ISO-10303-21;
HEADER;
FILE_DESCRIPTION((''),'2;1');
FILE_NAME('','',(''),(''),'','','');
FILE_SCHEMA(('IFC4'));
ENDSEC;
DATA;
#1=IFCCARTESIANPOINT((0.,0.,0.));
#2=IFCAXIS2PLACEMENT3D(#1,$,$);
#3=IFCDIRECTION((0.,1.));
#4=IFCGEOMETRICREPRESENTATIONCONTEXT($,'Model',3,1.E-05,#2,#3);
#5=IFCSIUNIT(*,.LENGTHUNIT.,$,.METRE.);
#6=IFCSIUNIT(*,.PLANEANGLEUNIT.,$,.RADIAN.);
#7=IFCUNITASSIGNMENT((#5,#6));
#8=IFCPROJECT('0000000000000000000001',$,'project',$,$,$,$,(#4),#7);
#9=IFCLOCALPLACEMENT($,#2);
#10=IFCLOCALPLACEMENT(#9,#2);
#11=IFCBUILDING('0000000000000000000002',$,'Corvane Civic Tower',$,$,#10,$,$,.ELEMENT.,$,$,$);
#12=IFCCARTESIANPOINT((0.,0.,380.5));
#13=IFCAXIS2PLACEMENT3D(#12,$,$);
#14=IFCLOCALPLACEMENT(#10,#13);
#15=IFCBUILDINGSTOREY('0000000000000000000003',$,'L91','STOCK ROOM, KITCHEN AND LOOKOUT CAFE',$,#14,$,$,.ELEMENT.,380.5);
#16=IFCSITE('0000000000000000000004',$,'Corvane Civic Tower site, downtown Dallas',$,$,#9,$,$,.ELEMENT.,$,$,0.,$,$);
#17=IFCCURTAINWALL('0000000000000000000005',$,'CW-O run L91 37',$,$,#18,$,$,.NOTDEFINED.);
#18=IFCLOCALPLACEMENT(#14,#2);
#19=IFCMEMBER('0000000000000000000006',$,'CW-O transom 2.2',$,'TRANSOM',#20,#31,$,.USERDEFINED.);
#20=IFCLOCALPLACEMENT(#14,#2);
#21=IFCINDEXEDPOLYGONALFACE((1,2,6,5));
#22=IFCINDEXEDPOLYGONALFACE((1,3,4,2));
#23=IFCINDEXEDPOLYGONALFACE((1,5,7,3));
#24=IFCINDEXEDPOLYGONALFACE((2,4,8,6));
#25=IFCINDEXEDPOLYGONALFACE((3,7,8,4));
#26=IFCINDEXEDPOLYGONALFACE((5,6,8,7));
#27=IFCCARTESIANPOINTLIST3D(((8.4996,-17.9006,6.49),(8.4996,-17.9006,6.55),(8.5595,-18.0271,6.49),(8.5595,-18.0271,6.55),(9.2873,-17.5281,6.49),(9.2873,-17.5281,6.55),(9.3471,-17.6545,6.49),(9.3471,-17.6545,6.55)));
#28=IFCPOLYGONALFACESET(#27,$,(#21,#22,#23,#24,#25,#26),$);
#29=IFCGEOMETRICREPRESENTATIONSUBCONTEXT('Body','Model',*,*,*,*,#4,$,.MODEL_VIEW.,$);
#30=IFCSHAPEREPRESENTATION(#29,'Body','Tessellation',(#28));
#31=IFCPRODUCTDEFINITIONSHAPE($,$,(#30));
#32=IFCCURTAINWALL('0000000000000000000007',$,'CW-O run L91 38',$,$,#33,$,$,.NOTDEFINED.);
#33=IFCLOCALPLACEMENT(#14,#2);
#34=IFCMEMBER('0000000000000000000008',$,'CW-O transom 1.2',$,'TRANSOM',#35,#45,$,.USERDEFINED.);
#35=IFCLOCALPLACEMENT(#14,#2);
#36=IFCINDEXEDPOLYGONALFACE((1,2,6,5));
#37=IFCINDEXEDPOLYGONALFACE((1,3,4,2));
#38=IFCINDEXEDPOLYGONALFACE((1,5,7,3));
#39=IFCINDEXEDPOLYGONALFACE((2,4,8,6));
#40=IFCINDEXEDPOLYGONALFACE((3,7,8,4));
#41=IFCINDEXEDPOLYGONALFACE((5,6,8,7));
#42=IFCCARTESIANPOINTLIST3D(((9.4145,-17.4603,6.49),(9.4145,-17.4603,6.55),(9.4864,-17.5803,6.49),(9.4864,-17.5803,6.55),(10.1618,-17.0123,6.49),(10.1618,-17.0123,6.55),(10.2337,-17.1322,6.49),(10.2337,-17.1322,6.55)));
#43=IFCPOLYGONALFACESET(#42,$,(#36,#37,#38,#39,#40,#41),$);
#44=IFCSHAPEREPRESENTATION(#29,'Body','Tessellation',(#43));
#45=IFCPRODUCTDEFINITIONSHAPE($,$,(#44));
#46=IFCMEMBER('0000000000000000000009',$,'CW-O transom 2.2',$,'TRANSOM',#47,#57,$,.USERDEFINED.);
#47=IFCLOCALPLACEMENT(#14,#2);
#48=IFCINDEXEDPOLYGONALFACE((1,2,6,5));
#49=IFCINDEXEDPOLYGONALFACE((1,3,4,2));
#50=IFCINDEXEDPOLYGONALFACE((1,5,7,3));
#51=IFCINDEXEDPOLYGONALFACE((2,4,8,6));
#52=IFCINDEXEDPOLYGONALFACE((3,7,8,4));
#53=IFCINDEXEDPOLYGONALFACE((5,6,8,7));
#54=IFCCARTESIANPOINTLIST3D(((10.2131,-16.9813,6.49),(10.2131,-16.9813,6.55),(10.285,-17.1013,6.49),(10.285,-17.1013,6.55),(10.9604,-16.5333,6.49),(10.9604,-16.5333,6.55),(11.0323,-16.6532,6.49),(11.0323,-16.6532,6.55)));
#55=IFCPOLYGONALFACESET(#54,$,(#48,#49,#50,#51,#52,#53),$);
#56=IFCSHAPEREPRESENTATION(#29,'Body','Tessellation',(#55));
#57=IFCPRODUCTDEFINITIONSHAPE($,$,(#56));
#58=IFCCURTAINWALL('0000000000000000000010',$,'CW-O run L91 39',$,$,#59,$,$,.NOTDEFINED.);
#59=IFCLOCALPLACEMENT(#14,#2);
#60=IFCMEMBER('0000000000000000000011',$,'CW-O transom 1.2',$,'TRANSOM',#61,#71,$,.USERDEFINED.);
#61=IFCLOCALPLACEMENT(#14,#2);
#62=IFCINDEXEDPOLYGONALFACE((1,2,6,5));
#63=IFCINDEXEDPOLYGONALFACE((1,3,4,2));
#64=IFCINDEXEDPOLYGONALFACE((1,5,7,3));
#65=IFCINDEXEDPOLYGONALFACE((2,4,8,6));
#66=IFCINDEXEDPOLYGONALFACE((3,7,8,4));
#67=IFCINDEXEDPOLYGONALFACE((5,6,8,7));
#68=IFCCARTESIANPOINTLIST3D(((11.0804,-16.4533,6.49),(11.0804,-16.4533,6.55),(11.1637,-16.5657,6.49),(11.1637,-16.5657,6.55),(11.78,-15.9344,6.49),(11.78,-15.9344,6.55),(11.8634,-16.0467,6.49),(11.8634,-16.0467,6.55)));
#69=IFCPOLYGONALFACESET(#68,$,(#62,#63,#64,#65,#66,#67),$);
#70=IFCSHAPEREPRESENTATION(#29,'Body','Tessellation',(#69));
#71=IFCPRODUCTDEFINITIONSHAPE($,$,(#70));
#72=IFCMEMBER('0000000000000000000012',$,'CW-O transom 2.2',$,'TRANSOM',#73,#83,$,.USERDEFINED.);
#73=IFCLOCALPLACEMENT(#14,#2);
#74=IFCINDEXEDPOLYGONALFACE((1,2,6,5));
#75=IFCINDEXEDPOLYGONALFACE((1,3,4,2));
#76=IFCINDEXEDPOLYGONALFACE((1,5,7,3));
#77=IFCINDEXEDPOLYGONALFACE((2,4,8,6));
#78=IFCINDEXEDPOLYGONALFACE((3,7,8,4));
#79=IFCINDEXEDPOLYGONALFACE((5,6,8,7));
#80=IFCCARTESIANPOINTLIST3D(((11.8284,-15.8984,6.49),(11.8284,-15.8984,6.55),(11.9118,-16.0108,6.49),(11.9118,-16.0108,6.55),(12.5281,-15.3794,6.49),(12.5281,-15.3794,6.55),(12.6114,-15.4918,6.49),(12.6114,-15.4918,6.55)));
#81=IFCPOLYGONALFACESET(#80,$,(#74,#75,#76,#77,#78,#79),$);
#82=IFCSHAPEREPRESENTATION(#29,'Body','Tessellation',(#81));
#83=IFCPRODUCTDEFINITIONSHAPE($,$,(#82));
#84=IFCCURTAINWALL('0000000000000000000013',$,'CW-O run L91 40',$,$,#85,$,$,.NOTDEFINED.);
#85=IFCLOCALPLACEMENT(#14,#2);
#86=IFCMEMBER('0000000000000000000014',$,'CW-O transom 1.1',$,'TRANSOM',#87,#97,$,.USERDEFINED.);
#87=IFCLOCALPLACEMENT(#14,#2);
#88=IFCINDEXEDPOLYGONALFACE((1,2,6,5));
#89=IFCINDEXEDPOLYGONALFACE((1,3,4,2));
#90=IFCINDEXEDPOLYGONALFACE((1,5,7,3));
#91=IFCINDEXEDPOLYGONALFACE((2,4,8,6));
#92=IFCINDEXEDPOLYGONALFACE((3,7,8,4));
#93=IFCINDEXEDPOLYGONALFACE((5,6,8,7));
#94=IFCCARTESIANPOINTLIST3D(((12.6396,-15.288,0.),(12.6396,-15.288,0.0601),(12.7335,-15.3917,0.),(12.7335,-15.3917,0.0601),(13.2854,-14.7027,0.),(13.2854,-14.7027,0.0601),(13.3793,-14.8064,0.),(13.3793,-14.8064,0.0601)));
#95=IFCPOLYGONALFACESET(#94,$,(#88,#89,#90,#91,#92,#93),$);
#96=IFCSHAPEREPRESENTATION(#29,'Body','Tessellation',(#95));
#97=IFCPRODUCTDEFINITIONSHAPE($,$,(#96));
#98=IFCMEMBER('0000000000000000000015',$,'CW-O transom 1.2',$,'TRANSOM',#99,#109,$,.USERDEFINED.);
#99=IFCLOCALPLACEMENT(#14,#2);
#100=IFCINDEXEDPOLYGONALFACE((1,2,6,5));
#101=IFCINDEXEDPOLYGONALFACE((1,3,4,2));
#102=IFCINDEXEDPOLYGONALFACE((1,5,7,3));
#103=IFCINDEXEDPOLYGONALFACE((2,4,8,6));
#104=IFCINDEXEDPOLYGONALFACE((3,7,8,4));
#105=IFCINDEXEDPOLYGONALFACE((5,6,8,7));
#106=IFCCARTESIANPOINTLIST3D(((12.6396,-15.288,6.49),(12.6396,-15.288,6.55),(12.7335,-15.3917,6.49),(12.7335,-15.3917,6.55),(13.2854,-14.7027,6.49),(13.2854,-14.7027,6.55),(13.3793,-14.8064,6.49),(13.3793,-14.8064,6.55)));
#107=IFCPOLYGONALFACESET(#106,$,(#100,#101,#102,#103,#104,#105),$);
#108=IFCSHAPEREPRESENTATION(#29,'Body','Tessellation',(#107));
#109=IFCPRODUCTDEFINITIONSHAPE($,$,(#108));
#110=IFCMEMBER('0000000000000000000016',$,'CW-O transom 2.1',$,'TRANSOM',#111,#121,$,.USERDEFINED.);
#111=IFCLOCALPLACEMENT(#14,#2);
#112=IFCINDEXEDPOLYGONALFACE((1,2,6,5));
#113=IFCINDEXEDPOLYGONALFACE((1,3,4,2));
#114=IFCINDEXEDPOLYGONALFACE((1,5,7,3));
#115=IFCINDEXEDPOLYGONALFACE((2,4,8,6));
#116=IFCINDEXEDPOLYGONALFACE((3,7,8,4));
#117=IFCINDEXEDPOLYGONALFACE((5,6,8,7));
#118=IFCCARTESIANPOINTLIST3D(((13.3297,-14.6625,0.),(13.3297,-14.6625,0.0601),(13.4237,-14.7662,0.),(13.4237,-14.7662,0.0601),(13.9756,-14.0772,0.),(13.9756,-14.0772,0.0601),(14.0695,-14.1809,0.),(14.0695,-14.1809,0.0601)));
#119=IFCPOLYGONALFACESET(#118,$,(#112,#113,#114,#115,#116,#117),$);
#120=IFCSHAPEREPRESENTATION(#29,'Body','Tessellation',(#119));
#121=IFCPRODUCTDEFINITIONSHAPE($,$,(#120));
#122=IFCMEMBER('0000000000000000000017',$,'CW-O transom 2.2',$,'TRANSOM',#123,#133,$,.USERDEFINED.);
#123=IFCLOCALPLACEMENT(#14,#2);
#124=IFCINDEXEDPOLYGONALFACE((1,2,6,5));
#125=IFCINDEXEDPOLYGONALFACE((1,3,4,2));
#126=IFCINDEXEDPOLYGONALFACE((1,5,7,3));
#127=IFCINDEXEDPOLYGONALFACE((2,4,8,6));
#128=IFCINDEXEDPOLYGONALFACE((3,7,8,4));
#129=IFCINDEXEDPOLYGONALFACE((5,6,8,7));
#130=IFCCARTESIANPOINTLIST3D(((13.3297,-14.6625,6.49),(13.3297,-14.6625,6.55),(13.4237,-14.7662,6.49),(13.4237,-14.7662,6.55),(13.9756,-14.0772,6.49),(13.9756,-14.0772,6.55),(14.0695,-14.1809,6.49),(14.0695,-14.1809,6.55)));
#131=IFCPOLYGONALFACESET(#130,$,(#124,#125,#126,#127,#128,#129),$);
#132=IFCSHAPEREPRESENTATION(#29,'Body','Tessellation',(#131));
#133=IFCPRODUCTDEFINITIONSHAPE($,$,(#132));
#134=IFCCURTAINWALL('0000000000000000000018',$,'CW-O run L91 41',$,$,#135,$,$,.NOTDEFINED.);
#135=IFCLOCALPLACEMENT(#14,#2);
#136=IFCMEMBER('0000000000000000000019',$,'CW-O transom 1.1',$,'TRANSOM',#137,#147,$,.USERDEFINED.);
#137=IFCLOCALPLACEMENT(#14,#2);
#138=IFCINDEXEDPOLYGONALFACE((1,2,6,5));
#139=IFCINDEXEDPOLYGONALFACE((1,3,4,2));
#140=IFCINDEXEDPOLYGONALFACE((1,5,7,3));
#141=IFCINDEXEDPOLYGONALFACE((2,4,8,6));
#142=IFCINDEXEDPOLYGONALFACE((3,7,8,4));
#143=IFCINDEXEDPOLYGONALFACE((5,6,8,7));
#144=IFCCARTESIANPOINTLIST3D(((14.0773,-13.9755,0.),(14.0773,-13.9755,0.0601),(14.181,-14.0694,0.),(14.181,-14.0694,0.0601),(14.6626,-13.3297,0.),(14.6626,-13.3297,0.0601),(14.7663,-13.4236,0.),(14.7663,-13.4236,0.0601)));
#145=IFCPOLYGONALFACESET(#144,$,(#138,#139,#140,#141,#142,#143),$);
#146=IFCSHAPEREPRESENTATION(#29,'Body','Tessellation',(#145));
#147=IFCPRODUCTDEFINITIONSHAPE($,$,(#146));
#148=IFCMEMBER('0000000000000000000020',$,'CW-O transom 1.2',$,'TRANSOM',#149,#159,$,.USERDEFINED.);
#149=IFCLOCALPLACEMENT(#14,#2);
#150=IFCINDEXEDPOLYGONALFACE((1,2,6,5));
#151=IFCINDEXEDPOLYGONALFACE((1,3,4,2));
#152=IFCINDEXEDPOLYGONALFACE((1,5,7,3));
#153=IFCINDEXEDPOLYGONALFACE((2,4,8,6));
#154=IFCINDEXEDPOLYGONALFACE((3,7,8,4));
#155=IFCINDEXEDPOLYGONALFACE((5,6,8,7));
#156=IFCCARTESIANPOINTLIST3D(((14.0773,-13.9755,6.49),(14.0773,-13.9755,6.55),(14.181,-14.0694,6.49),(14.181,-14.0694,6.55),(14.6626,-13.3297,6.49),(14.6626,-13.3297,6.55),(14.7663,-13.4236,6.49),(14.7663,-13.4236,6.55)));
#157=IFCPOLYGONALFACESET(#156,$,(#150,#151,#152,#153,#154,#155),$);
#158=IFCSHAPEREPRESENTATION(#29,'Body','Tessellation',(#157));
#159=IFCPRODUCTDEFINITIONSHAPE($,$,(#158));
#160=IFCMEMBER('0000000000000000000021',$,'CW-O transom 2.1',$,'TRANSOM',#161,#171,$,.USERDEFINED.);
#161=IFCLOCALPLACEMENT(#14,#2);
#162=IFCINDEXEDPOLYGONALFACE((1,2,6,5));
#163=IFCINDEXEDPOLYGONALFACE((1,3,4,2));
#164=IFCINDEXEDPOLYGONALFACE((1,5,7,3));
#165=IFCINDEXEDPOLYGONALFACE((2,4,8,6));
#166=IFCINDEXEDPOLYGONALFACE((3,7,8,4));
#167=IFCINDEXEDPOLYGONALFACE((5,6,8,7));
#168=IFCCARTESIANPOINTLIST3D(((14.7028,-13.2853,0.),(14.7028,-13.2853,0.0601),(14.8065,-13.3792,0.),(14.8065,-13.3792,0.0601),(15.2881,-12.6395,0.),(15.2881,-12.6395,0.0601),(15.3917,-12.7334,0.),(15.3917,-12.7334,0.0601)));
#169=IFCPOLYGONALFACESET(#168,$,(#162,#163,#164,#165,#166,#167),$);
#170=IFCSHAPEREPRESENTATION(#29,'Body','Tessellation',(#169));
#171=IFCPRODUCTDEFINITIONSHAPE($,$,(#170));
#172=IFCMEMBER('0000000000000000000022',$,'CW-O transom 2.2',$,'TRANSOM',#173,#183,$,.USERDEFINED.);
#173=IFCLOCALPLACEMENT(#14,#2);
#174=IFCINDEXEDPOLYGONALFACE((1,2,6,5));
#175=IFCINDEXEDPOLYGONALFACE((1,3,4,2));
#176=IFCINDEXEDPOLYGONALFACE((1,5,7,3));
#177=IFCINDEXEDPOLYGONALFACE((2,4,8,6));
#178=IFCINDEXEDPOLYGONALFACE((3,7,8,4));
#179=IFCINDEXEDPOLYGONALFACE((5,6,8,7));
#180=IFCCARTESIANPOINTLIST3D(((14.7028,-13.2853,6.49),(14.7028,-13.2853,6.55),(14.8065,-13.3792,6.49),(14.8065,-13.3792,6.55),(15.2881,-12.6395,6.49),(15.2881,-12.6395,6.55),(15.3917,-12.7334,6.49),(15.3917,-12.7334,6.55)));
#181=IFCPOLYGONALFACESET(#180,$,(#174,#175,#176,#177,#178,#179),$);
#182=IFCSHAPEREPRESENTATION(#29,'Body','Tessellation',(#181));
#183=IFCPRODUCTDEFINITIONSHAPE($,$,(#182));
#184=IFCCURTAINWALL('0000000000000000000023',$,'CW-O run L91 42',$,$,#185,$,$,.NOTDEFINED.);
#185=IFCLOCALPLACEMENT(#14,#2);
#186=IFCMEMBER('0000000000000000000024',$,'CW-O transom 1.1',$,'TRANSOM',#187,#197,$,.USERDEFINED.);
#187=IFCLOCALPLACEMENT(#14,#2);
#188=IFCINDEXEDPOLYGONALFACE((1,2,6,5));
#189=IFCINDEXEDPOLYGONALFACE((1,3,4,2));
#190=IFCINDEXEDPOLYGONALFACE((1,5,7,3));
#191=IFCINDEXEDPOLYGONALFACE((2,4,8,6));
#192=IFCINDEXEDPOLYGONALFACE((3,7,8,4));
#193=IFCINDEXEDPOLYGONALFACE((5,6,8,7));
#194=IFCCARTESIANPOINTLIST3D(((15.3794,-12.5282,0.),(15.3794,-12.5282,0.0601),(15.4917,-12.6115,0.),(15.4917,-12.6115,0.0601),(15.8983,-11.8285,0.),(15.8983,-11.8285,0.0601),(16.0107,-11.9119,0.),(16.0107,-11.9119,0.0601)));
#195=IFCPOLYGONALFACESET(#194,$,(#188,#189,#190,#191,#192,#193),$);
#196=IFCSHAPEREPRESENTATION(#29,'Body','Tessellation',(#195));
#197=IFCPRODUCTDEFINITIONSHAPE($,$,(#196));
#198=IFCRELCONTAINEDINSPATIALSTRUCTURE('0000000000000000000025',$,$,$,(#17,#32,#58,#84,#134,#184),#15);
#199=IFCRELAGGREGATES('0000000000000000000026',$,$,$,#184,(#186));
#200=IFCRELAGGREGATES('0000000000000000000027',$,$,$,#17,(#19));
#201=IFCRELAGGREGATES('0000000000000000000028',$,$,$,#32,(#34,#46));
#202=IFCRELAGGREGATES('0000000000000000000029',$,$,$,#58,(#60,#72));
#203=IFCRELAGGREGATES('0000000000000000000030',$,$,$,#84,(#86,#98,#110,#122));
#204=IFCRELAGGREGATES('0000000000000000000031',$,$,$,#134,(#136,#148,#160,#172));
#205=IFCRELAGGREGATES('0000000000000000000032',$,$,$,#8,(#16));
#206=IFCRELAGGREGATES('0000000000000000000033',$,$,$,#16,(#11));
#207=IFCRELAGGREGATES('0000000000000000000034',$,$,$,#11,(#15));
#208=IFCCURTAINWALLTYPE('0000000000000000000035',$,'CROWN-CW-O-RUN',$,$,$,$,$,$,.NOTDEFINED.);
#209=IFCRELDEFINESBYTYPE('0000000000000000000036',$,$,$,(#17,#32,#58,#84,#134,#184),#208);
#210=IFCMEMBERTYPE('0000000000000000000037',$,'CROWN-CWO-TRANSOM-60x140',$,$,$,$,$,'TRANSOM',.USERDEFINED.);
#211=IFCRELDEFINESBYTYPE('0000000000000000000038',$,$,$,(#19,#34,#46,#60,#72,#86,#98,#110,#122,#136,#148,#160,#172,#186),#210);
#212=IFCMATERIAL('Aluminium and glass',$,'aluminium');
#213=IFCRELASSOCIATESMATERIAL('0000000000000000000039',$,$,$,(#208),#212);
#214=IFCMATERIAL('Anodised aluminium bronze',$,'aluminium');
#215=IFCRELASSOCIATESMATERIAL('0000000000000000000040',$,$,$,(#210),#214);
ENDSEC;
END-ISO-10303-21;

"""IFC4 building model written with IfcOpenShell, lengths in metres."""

from ifc_helpers import new_model, si_unit, direction, frame, origin, origin_2d, place, context, subcontext, project, spatial, rectangle, extrude, material, material_profile, profile_set, type_object, element, aggregate, save


model = new_model("IFC4")

# Units and contexts
model_context = context("Model", 3, precision=1e-05, world=origin(), true_north=direction((0.0, 1.0)))
body_context = subcontext(model_context, "Body", "Model", "MODEL_VIEW")
ifc_project = project(units=[si_unit("LENGTHUNIT", "METRE"), si_unit("PLANEANGLEUNIT", "RADIAN")], contexts=[model_context])

# Site, building, storey
site_placement = place(None, origin())
site = spatial("IfcSite", under=ifc_project, at=site_placement, Name="Corvane Civic Tower site, downtown Dallas", CompositionType="ELEMENT", RefElevation=0.0)
building_placement = place(site_placement, origin())
building = spatial("IfcBuilding", under=site, at=building_placement, Name="Corvane Civic Tower", CompositionType="ELEMENT")
storey_placement = place(building_placement, frame((0.0, 0.0, 380.5)))
storey = spatial("IfcBuildingStorey", under=building, at=storey_placement, Name="L91", Description="STOCK ROOM, KITCHEN AND LOOKOUT CAFE", CompositionType="ELEMENT", Elevation=380.5)

# Curtain wall, member
ifc_material_1 = material(Name="Aluminium and glass", Category="aluminium")
curtain_wall_type = type_object("IfcCurtainWallType", Name="CROWN-CW-O-RUN", PredefinedType="NOTDEFINED", material=ifc_material_1)
curtain_wall_1_placement = place(storey_placement, origin())
curtain_wall_1 = element("IfcCurtainWall", 1, at=curtain_wall_1_placement, inside=storey, type_object=curtain_wall_type, Name="CW-O run L91 37", PredefinedType="NOTDEFINED")
ifc_material_2 = material(Name="Anodised aluminium bronze", Category="aluminium")
ifc_material_profile = material_profile(ifc_material_2, rectangle(XDim=0.1399, YDim=0.0601, at=origin_2d()), Name="AL 140x60")
ifc_profile_set = profile_set([ifc_material_profile], Name="Anodised aluminium bronze")
member_type = type_object("IfcMemberType", Name="CROWN-CWO-TRANSOM-60x140", ElementType="TRANSOM", PredefinedType="USERDEFINED", material=ifc_profile_set)
member_1_placement = place(storey_placement, frame((8.5295, -17.9639, 6.52), z_axis=(0.903966, 0.427604, 0.0), x_axis=(-0.427604, 0.903966, 0.0)))
member_1 = element("IfcMember", 2, at=member_1_placement, type_object=member_type, Name="CW-O transom 2.2", ObjectType="TRANSOM", PredefinedType="USERDEFINED", context=body_context, shape_type="SweptSolid", body=[
    extrude(rectangle(XDim=0.1399, YDim=0.0601, at=origin_2d()), origin(), (0.0, 0.0, 1.0), 0.8713),
])

# Curtain walls, members
curtain_wall_2_placement = place(storey_placement, origin())
curtain_wall_2 = element("IfcCurtainWall", 3, at=curtain_wall_2_placement, inside=storey, type_object=curtain_wall_type, Name="CW-O run L91 38", PredefinedType="NOTDEFINED")
member_2_placement = place(storey_placement, frame((9.4504, -17.5203, 6.52), z_axis=(0.857691, 0.514166, 0.0), x_axis=(-0.514166, 0.857691, 0.0)))
member_2 = element("IfcMember", 4, at=member_2_placement, type_object=member_type, Name="CW-O transom 1.2", ObjectType="TRANSOM", PredefinedType="USERDEFINED", context=body_context, shape_type="SweptSolid", body=[
    extrude(rectangle(XDim=0.1399, YDim=0.0601, at=origin_2d()), origin(), (0.0, 0.0, 1.0), 0.8713),
])
member_3_placement = place(storey_placement, frame((10.249, -17.0413, 6.52), z_axis=(0.857691, 0.514166, 0.0), x_axis=(-0.514166, 0.857691, 0.0)))
member_3 = element("IfcMember", 5, at=member_3_placement, type_object=member_type, Name="CW-O transom 2.2", ObjectType="TRANSOM", PredefinedType="USERDEFINED", context=body_context, shape_type="SweptSolid", body=[
    extrude(rectangle(XDim=0.1399, YDim=0.0601, at=origin_2d()), origin(), (0.0, 0.0, 1.0), 0.8713),
])
curtain_wall_3_placement = place(storey_placement, origin())
curtain_wall_3 = element("IfcCurtainWall", 6, at=curtain_wall_3_placement, inside=storey, type_object=curtain_wall_type, Name="CW-O run L91 39", PredefinedType="NOTDEFINED")
member_4_placement = place(storey_placement, frame((11.1221, -16.5095, 6.52), z_axis=(0.80315, 0.595777, 0.0), x_axis=(-0.595777, 0.80315, 0.0)))
member_4 = element("IfcMember", 7, at=member_4_placement, type_object=member_type, Name="CW-O transom 1.2", ObjectType="TRANSOM", PredefinedType="USERDEFINED", context=body_context, shape_type="SweptSolid", body=[
    extrude(rectangle(XDim=0.1399, YDim=0.0601, at=origin_2d()), origin(), (0.0, 0.0, 1.0), 0.8711),
])
member_5_placement = place(storey_placement, frame((11.8701, -15.9546, 6.52), z_axis=(0.80315, 0.595777, 0.0), x_axis=(-0.595777, 0.80315, 0.0)))
member_5 = element("IfcMember", 8, at=member_5_placement, type_object=member_type, Name="CW-O transom 2.2", ObjectType="TRANSOM", PredefinedType="USERDEFINED", context=body_context, shape_type="SweptSolid", body=[
    extrude(rectangle(XDim=0.1399, YDim=0.0601, at=origin_2d()), origin(), (0.0, 0.0, 1.0), 0.8711),
])
curtain_wall_4_placement = place(storey_placement, origin())
curtain_wall_4 = element("IfcCurtainWall", 9, at=curtain_wall_4_placement, inside=storey, type_object=curtain_wall_type, Name="CW-O run L91 40", PredefinedType="NOTDEFINED")
member_6_placement = place(storey_placement, frame((12.6865, -15.3398, 0.03), z_axis=(0.740991, 0.671515, 0.0), x_axis=(-0.671515, 0.740991, 0.0)))
member_6 = element("IfcMember", 10, at=member_6_placement, type_object=member_type, Name="CW-O transom 1.1", ObjectType="TRANSOM", PredefinedType="USERDEFINED", context=body_context, shape_type="SweptSolid", body=[
    extrude(rectangle(XDim=0.1399, YDim=0.0601, at=origin_2d()), origin(), (0.0, 0.0, 1.0), 0.8716),
])
member_7_placement = place(storey_placement, frame((12.6865, -15.3398, 6.52), z_axis=(0.740991, 0.671515, 0.0), x_axis=(-0.671515, 0.740991, 0.0)))
member_7 = element("IfcMember", 11, at=member_7_placement, type_object=member_type, Name="CW-O transom 1.2", ObjectType="TRANSOM", PredefinedType="USERDEFINED", context=body_context, shape_type="SweptSolid", body=[
    extrude(rectangle(XDim=0.1399, YDim=0.0601, at=origin_2d()), origin(), (0.0, 0.0, 1.0), 0.8716),
])
member_8_placement = place(storey_placement, frame((13.3767, -14.7144, 0.03), z_axis=(0.740991, 0.671515, 0.0), x_axis=(-0.671515, 0.740991, 0.0)))
member_8 = element("IfcMember", 12, at=member_8_placement, type_object=member_type, Name="CW-O transom 2.1", ObjectType="TRANSOM", PredefinedType="USERDEFINED", context=body_context, shape_type="SweptSolid", body=[
    extrude(rectangle(XDim=0.1399, YDim=0.0601, at=origin_2d()), origin(), (0.0, 0.0, 1.0), 0.8716),
])
member_9_placement = place(storey_placement, frame((13.3767, -14.7144, 6.52), z_axis=(0.740991, 0.671515, 0.0), x_axis=(-0.671515, 0.740991, 0.0)))
member_9 = element("IfcMember", 13, at=member_9_placement, type_object=member_type, Name="CW-O transom 2.2", ObjectType="TRANSOM", PredefinedType="USERDEFINED", context=body_context, shape_type="SweptSolid", body=[
    extrude(rectangle(XDim=0.1399, YDim=0.0601, at=origin_2d()), origin(), (0.0, 0.0, 1.0), 0.8716),
])
curtain_wall_5_placement = place(storey_placement, origin())
curtain_wall_5 = element("IfcCurtainWall", 14, at=curtain_wall_5_placement, inside=storey, type_object=curtain_wall_type, Name="CW-O run L91 41", PredefinedType="NOTDEFINED")
member_10_placement = place(storey_placement, frame((14.1292, -14.0225, 0.03), z_axis=(0.671515, 0.740991, 0.0), x_axis=(-0.740991, 0.671515, 0.0)))
member_10 = element("IfcMember", 15, at=member_10_placement, type_object=member_type, Name="CW-O transom 1.1", ObjectType="TRANSOM", PredefinedType="USERDEFINED", context=body_context, shape_type="SweptSolid", body=[
    extrude(rectangle(XDim=0.1399, YDim=0.0601, at=origin_2d()), origin(), (0.0, 0.0, 1.0), 0.8716),
])
member_11_placement = place(storey_placement, frame((14.1292, -14.0225, 6.52), z_axis=(0.671515, 0.740991, 0.0), x_axis=(-0.740991, 0.671515, 0.0)))
member_11 = element("IfcMember", 16, at=member_11_placement, type_object=member_type, Name="CW-O transom 1.2", ObjectType="TRANSOM", PredefinedType="USERDEFINED", context=body_context, shape_type="SweptSolid", body=[
    extrude(rectangle(XDim=0.1399, YDim=0.0601, at=origin_2d()), origin(), (0.0, 0.0, 1.0), 0.8716),
])
member_12_placement = place(storey_placement, frame((14.7546, -13.3323, 0.03), z_axis=(0.671515, 0.740991, 0.0), x_axis=(-0.740991, 0.671515, 0.0)))
member_12 = element("IfcMember", 17, at=member_12_placement, type_object=member_type, Name="CW-O transom 2.1", ObjectType="TRANSOM", PredefinedType="USERDEFINED", context=body_context, shape_type="SweptSolid", body=[
    extrude(rectangle(XDim=0.1399, YDim=0.0601, at=origin_2d()), origin(), (0.0, 0.0, 1.0), 0.8716),
])
member_13_placement = place(storey_placement, frame((14.7546, -13.3323, 6.52), z_axis=(0.671515, 0.740991, 0.0), x_axis=(-0.740991, 0.671515, 0.0)))
member_13 = element("IfcMember", 18, at=member_13_placement, type_object=member_type, Name="CW-O transom 2.2", ObjectType="TRANSOM", PredefinedType="USERDEFINED", context=body_context, shape_type="SweptSolid", body=[
    extrude(rectangle(XDim=0.1399, YDim=0.0601, at=origin_2d()), origin(), (0.0, 0.0, 1.0), 0.8716),
])
curtain_wall_6_placement = place(storey_placement, origin())
curtain_wall_6 = element("IfcCurtainWall", 19, at=curtain_wall_6_placement, inside=storey, type_object=curtain_wall_type, Name="CW-O run L91 42", PredefinedType="NOTDEFINED")
member_14_placement = place(storey_placement, frame((15.4355, -12.5698, 0.03), z_axis=(0.595777, 0.80315, 0.0), x_axis=(-0.80315, 0.595777, 0.0)))
member_14 = element("IfcMember", 20, at=member_14_placement, type_object=member_type, Name="CW-O transom 1.1", ObjectType="TRANSOM", PredefinedType="USERDEFINED", context=body_context, shape_type="SweptSolid", body=[
    extrude(rectangle(XDim=0.1399, YDim=0.0601, at=origin_2d()), origin(), (0.0, 0.0, 1.0), 0.8711),
])
aggregate(curtain_wall_6, [member_14])

aggregate(curtain_wall_1, [member_1])
aggregate(curtain_wall_2, [member_2, member_3])
aggregate(curtain_wall_3, [member_4, member_5])
aggregate(curtain_wall_4, [member_6, member_7, member_8, member_9])
aggregate(curtain_wall_5, [member_10, member_11, member_12, member_13])

save(model, "model.ifc")
